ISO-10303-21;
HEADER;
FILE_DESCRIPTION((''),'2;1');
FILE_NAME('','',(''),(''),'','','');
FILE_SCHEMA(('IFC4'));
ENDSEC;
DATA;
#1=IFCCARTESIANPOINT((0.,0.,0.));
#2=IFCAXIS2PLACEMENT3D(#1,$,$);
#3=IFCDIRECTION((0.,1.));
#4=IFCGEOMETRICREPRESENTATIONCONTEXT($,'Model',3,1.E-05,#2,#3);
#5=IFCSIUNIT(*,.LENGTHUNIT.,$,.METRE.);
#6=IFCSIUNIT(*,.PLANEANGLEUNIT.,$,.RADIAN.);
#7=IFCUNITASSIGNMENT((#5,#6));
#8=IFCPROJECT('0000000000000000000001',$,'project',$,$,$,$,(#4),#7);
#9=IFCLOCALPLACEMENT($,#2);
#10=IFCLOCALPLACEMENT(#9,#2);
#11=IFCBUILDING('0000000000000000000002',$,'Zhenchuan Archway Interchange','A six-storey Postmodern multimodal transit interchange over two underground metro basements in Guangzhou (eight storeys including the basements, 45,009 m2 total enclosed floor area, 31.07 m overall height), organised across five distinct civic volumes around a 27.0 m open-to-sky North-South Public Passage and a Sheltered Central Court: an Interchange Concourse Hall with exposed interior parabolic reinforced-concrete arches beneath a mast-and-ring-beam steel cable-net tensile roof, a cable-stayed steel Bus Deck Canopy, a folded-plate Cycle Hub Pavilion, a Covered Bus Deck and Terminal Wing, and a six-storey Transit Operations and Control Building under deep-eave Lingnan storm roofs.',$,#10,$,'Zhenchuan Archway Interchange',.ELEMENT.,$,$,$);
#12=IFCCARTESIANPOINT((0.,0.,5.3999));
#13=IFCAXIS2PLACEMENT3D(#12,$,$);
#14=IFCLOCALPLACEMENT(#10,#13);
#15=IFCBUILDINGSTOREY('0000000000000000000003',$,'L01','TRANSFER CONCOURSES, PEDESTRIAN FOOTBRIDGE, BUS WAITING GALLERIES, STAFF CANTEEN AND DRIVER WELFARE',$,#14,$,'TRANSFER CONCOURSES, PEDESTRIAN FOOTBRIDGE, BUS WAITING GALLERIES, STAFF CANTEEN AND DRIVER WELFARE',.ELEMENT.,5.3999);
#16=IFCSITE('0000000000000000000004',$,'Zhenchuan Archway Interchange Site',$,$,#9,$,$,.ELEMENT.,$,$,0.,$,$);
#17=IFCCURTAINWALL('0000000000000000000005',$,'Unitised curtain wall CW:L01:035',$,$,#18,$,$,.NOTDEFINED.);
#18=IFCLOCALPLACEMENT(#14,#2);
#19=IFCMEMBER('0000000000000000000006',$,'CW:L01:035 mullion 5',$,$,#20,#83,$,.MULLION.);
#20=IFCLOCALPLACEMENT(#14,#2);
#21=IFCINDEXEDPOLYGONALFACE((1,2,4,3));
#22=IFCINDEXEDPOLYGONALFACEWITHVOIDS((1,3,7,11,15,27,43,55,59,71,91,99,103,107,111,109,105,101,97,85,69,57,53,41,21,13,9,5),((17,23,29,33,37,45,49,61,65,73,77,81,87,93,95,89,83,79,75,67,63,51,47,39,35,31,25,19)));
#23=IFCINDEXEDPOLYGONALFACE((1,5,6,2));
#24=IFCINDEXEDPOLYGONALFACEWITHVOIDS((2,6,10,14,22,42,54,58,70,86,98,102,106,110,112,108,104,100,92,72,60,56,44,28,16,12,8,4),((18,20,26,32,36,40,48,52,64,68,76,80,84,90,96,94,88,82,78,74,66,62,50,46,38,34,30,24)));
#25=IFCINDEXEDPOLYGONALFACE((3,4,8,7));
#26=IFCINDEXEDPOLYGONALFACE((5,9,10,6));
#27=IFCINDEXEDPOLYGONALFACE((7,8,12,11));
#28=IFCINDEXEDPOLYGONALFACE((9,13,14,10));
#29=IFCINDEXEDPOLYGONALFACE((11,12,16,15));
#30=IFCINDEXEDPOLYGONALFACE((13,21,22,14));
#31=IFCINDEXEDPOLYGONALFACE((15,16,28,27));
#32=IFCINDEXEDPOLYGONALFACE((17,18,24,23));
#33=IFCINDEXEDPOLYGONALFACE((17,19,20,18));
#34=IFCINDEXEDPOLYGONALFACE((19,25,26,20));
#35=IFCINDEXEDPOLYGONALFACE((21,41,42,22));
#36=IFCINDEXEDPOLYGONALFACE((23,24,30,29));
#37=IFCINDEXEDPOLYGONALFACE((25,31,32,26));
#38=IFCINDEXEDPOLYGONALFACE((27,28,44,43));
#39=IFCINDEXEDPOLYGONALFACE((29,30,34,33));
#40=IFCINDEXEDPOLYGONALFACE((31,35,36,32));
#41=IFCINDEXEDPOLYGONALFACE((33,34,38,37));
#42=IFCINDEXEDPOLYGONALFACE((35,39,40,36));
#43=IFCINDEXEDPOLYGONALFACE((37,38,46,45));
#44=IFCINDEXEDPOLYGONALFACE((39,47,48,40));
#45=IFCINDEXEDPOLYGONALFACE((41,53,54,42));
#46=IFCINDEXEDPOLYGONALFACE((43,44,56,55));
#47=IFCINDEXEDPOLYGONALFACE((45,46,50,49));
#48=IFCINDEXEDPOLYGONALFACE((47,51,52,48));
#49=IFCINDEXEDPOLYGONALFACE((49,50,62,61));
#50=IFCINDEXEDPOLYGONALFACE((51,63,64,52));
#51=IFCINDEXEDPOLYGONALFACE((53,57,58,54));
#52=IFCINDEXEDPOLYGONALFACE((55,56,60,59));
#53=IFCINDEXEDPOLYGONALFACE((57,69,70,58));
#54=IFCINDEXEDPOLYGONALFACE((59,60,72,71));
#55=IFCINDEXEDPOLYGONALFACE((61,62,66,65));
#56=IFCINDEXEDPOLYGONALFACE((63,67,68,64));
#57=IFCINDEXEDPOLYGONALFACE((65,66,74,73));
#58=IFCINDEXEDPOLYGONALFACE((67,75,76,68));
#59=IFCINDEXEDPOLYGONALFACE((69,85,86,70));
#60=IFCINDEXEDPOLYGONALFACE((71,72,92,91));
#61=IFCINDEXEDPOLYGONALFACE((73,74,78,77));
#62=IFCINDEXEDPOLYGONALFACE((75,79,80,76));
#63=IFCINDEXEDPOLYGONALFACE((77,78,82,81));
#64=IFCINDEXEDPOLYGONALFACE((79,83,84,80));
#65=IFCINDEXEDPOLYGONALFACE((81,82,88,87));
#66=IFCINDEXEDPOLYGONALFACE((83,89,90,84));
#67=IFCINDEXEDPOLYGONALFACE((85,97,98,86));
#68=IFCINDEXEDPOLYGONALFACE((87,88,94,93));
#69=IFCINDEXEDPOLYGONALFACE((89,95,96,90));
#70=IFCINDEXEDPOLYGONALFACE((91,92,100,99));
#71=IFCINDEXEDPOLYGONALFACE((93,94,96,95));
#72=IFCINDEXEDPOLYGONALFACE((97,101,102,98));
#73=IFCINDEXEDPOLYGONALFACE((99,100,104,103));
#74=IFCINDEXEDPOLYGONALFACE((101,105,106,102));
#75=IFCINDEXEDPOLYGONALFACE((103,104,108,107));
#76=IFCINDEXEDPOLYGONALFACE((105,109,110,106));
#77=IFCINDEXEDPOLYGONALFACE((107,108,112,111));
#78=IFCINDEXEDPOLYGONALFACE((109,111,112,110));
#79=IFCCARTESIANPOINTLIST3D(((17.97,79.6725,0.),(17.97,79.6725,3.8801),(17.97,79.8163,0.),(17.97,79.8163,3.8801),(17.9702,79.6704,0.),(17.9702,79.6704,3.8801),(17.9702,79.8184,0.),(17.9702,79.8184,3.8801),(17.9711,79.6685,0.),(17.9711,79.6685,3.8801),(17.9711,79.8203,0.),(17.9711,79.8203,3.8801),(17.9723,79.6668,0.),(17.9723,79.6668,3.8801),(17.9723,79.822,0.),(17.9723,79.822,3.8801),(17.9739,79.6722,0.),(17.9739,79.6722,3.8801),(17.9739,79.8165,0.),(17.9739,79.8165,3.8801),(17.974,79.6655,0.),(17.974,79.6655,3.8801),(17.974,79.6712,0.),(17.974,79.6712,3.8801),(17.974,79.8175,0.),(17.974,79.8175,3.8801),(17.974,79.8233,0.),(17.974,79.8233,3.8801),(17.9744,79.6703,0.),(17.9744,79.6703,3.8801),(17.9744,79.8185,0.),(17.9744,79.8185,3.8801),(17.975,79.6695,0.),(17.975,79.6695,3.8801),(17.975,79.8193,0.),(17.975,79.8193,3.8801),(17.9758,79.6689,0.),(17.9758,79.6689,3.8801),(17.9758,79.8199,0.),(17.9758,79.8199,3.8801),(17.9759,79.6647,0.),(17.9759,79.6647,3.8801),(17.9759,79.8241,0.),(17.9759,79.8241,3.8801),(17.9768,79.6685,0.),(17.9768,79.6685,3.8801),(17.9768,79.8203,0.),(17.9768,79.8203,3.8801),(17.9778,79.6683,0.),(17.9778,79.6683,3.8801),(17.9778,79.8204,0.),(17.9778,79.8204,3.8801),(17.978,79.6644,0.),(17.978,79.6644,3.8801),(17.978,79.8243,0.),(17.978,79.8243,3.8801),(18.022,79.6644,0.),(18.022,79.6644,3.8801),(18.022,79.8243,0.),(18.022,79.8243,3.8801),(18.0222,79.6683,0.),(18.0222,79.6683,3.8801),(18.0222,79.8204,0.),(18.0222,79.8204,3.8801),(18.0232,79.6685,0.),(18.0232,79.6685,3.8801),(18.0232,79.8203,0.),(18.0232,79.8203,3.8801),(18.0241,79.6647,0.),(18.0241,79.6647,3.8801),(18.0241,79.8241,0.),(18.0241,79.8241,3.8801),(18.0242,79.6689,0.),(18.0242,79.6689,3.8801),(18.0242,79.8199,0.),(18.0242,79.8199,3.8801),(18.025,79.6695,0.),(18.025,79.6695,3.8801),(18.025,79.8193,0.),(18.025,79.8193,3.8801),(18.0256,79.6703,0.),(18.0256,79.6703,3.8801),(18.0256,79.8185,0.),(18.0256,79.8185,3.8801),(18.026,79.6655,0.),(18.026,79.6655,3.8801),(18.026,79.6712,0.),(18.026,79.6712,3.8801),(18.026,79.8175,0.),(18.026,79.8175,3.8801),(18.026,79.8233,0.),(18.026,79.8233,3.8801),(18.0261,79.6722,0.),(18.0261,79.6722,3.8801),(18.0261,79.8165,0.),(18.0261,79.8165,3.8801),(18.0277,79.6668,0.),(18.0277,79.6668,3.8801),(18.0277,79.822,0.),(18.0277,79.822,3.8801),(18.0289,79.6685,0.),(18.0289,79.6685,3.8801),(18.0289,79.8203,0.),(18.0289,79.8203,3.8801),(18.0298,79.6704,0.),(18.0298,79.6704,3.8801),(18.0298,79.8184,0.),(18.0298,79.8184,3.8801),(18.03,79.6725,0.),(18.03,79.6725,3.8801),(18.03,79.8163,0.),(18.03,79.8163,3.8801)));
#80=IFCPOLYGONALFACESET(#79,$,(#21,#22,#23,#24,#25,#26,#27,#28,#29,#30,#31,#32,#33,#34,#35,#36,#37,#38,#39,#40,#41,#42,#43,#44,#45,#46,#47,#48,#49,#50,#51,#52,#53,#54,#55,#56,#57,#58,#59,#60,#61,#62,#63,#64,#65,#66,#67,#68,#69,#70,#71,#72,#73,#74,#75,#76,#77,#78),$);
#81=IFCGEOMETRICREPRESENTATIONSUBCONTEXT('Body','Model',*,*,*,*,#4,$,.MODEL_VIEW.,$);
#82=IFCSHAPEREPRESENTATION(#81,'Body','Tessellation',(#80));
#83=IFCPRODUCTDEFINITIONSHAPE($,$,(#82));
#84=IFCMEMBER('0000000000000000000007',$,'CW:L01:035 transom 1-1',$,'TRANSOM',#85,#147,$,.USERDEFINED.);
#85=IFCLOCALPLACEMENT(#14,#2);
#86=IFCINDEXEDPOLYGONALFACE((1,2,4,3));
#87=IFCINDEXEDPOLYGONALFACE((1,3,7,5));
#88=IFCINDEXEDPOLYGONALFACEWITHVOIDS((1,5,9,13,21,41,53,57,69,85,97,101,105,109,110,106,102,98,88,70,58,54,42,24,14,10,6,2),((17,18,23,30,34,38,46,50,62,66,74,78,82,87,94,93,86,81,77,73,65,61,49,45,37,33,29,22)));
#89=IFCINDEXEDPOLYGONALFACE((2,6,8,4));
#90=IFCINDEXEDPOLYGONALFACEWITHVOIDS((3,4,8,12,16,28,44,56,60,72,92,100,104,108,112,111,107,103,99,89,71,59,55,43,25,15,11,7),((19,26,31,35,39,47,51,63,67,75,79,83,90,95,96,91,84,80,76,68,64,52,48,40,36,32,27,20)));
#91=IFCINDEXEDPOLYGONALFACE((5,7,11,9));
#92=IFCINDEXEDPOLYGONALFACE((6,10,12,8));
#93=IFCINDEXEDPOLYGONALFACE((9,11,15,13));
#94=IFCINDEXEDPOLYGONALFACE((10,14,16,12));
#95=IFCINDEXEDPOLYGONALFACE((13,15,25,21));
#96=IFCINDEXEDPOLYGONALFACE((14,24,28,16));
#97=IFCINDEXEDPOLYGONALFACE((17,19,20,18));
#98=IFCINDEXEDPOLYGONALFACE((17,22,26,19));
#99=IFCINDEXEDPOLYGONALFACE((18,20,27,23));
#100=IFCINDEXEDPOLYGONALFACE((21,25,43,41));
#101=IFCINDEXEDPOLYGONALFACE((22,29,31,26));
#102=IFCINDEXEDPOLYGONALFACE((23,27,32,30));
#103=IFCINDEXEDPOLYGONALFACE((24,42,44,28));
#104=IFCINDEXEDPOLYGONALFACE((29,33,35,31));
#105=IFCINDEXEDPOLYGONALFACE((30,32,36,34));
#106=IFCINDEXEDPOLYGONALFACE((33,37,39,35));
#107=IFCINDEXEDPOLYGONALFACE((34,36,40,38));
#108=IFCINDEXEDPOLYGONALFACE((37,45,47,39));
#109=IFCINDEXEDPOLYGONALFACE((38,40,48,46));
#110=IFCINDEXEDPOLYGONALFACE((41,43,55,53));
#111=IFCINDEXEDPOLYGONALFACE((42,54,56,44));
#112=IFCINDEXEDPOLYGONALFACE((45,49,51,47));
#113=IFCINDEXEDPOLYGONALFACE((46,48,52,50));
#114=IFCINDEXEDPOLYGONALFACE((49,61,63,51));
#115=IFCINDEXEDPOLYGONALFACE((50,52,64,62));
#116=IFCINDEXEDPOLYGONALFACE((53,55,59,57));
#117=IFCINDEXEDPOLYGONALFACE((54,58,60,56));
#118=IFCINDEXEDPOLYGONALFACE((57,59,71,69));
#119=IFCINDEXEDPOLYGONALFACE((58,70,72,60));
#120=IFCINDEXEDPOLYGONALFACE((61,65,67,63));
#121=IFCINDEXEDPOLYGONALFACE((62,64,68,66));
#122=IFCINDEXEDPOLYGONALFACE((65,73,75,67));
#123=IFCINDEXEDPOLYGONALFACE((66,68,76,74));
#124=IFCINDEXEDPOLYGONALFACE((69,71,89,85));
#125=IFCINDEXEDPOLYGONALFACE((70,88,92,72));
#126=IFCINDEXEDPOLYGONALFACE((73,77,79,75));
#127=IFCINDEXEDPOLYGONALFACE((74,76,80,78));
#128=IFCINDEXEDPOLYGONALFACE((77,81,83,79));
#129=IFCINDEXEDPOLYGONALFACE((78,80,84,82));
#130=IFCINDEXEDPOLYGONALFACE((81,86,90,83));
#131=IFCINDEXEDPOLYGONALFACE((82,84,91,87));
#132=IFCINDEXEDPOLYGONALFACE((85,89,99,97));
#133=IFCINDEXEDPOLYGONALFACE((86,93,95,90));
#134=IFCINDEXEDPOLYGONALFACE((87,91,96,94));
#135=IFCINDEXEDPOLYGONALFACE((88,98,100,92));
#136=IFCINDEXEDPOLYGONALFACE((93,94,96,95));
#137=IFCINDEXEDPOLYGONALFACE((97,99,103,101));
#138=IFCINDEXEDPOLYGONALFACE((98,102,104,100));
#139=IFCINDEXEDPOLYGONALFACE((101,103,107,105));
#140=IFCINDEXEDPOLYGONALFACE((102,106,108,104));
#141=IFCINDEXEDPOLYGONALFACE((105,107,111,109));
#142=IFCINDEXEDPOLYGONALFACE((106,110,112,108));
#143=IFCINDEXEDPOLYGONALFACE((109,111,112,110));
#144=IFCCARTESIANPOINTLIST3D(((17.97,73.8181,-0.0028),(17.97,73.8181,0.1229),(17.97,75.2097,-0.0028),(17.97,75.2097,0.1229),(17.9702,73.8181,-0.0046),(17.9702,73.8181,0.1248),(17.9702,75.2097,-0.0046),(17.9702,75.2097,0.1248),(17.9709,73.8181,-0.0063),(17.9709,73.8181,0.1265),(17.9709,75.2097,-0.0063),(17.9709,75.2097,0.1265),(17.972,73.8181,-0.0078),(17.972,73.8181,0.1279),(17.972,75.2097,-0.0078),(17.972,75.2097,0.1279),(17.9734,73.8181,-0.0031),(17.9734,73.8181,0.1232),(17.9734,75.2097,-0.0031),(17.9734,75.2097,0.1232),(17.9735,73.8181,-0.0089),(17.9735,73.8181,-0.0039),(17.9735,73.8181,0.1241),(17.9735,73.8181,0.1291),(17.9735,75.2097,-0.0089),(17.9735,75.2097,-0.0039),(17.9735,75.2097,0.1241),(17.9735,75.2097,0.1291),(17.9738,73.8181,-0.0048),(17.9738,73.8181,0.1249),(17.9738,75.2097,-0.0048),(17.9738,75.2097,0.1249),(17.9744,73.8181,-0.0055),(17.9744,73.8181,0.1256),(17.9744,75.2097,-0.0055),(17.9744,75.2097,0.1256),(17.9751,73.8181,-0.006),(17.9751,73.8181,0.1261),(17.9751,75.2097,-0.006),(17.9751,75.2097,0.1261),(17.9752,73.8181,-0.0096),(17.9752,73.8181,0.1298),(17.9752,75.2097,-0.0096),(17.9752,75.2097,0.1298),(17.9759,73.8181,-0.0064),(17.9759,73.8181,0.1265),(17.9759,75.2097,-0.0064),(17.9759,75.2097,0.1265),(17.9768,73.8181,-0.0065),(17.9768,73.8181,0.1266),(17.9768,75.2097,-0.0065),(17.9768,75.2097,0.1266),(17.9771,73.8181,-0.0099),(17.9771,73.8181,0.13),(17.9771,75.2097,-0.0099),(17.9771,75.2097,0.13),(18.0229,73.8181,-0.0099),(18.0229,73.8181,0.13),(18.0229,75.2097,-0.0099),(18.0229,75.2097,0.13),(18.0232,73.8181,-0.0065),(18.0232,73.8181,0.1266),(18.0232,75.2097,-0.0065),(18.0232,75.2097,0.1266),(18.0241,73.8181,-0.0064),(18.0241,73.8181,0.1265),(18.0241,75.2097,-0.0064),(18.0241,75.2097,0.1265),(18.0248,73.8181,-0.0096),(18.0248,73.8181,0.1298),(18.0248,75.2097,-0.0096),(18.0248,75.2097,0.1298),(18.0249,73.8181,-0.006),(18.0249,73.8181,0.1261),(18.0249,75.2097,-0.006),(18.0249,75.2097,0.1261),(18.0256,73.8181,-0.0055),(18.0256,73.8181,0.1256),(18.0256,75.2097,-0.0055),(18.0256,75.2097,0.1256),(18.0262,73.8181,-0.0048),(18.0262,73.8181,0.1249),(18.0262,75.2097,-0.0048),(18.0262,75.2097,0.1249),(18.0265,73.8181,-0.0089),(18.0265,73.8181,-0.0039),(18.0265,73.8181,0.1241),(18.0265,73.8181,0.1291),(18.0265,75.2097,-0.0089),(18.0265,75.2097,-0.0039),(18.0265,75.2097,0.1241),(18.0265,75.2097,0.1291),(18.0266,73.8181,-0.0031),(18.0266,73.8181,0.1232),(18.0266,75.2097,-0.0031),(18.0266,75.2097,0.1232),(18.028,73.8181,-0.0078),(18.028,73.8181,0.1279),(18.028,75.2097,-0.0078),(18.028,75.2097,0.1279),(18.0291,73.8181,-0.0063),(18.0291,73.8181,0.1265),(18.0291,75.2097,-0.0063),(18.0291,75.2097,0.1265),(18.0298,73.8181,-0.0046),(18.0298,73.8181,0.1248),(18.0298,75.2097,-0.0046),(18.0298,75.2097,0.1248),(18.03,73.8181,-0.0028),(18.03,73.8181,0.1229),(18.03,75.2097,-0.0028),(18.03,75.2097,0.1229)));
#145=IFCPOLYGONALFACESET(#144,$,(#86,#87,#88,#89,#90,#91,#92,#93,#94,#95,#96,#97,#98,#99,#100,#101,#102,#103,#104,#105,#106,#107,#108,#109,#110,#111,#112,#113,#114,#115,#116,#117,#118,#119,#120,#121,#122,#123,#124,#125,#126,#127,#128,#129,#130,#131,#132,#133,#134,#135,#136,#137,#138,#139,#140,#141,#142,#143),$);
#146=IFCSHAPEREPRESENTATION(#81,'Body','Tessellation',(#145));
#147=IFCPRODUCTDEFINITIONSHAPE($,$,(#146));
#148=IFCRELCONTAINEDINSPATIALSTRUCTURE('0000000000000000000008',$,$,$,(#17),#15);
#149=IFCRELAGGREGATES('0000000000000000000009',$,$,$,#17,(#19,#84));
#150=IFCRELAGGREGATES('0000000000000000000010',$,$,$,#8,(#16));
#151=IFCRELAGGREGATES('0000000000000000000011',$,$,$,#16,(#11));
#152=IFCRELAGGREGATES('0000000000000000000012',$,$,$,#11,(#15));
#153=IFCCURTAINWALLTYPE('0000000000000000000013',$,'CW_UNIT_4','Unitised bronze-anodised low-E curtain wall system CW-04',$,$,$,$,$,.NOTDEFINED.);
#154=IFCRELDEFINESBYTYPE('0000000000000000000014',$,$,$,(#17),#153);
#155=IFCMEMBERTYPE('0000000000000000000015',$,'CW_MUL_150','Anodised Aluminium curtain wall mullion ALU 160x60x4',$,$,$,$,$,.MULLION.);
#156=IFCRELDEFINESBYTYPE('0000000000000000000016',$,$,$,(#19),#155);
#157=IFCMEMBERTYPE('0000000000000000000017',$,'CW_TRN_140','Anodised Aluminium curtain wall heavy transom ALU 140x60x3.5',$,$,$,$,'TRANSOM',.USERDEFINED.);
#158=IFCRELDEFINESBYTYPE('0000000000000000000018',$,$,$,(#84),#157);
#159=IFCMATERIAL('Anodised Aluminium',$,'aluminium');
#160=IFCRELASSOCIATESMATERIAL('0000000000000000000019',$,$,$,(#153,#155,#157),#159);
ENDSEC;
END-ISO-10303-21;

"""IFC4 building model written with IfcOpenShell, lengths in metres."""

from ifc_helpers import new_model, si_unit, direction, frame, origin, origin_2d, place, context, subcontext, project, spatial, hollow_rectangle, extrude, material, material_profile, profile_set, type_object, element, aggregate, save


model = new_model("IFC4")

# Units and contexts
model_context = context("Model", 3, precision=1e-05, world=origin(), true_north=direction((0.0, 1.0)))
body_context = subcontext(model_context, "Body", "Model", "MODEL_VIEW")
ifc_project = project(units=[si_unit("LENGTHUNIT", "METRE"), si_unit("PLANEANGLEUNIT", "RADIAN")], contexts=[model_context])

# Site, building, storey
site_placement = place(None, origin())
site = spatial("IfcSite", under=ifc_project, at=site_placement, Name="Zhenchuan Archway Interchange Site", CompositionType="ELEMENT", RefElevation=0.0)
building_placement = place(site_placement, origin())
building = spatial("IfcBuilding", under=site, at=building_placement, Name="Zhenchuan Archway Interchange", Description="A six-storey Postmodern multimodal transit interchange over two underground metro basements in Guangzhou (eight storeys including the basements, 45,009 m2 total enclosed floor area, 31.07 m overall height), organised across five distinct civic volumes around a 27.0 m open-to-sky North-South Public Passage and a Sheltered Central Court: an Interchange Concourse Hall with exposed interior parabolic reinforced-concrete arches beneath a mast-and-ring-beam steel cable-net tensile roof, a cable-stayed steel Bus Deck Canopy, a folded-plate Cycle Hub Pavilion, a Covered Bus Deck and Terminal Wing, and a six-storey Transit Operations and Control Building under deep-eave Lingnan storm roofs.", LongName="Zhenchuan Archway Interchange", CompositionType="ELEMENT")
storey_placement = place(building_placement, frame((0.0, 0.0, 5.3999)))
storey = spatial("IfcBuildingStorey", under=building, at=storey_placement, Name="L01", Description="TRANSFER CONCOURSES, PEDESTRIAN FOOTBRIDGE, BUS WAITING GALLERIES, STAFF CANTEEN AND DRIVER WELFARE", LongName="TRANSFER CONCOURSES, PEDESTRIAN FOOTBRIDGE, BUS WAITING GALLERIES, STAFF CANTEEN AND DRIVER WELFARE", CompositionType="ELEMENT", Elevation=5.3999)

# Curtain wall, members
ifc_material_1 = material(Name="Anodised Aluminium", Category="aluminium")
curtain_wall_type = type_object("IfcCurtainWallType", Name="CW_UNIT_4", Description="Unitised bronze-anodised low-E curtain wall system CW-04", PredefinedType="NOTDEFINED", material=ifc_material_1)
curtain_wall_placement = place(storey_placement, origin())
curtain_wall = element("IfcCurtainWall", 1, at=curtain_wall_placement, inside=storey, type_object=curtain_wall_type, Name="Unitised curtain wall CW:L01:035", PredefinedType="NOTDEFINED")
ifc_material_profile_1 = material_profile(ifc_material_1, hollow_rectangle(XDim=0.0601, YDim=0.1599, WallThickness=0.0039, InnerFilletRadius=0.0039, OuterFilletRadius=0.0081, at=origin_2d()), Name="ALU 160x60x4")
ifc_profile_set_1 = profile_set([ifc_material_profile_1], Name="Anodised Aluminium")
member_type_1 = type_object("IfcMemberType", Name="CW_MUL_150", Description="Anodised Aluminium curtain wall mullion ALU 160x60x4", PredefinedType="MULLION", material=ifc_profile_set_1)
member_1_placement = place(storey_placement, frame((18.0, 79.7444, 0.0), z_axis=(0.0, 0.0, 1.0), x_axis=(1.0, 0.0, 0.0)))
member_1 = element("IfcMember", 2, at=member_1_placement, type_object=member_type_1, Name="CW:L01:035 mullion 5", PredefinedType="MULLION", context=body_context, shape_type="SweptSolid", body=[
    extrude(hollow_rectangle(XDim=0.0601, YDim=0.1599, WallThickness=0.0039, InnerFilletRadius=0.0039, OuterFilletRadius=0.0081, at=origin_2d()), origin(), (0.0, 0.0, 1.0), 3.8801),
])
ifc_material_profile_2 = material_profile(ifc_material_1, hollow_rectangle(XDim=0.0601, YDim=0.1399, WallThickness=0.0034, InnerFilletRadius=0.0034, OuterFilletRadius=0.0071, at=origin_2d()), Name="ALU 140x60x3.5")
ifc_profile_set_2 = profile_set([ifc_material_profile_2], Name="Anodised Aluminium")
member_type_2 = type_object("IfcMemberType", Name="CW_TRN_140", Description="Anodised Aluminium curtain wall heavy transom ALU 140x60x3.5", ElementType="TRANSOM", PredefinedType="USERDEFINED", material=ifc_profile_set_2)
member_2_placement = place(storey_placement, frame((18.0, 73.8181, 0.0601), z_axis=(0.0, 1.0, 0.0), x_axis=(-1.0, 0.0, 0.0)))
member_2 = element("IfcMember", 3, at=member_2_placement, type_object=member_type_2, Name="CW:L01:035 transom 1-1", ObjectType="TRANSOM", PredefinedType="USERDEFINED", context=body_context, shape_type="SweptSolid", body=[
    extrude(hollow_rectangle(XDim=0.0601, YDim=0.1399, WallThickness=0.0034, InnerFilletRadius=0.0034, OuterFilletRadius=0.0071, at=origin_2d()), origin(), (0.0, 0.0, 1.0), 1.3916),
])
aggregate(curtain_wall, [member_1, member_2])

save(model, "model.ifc")
